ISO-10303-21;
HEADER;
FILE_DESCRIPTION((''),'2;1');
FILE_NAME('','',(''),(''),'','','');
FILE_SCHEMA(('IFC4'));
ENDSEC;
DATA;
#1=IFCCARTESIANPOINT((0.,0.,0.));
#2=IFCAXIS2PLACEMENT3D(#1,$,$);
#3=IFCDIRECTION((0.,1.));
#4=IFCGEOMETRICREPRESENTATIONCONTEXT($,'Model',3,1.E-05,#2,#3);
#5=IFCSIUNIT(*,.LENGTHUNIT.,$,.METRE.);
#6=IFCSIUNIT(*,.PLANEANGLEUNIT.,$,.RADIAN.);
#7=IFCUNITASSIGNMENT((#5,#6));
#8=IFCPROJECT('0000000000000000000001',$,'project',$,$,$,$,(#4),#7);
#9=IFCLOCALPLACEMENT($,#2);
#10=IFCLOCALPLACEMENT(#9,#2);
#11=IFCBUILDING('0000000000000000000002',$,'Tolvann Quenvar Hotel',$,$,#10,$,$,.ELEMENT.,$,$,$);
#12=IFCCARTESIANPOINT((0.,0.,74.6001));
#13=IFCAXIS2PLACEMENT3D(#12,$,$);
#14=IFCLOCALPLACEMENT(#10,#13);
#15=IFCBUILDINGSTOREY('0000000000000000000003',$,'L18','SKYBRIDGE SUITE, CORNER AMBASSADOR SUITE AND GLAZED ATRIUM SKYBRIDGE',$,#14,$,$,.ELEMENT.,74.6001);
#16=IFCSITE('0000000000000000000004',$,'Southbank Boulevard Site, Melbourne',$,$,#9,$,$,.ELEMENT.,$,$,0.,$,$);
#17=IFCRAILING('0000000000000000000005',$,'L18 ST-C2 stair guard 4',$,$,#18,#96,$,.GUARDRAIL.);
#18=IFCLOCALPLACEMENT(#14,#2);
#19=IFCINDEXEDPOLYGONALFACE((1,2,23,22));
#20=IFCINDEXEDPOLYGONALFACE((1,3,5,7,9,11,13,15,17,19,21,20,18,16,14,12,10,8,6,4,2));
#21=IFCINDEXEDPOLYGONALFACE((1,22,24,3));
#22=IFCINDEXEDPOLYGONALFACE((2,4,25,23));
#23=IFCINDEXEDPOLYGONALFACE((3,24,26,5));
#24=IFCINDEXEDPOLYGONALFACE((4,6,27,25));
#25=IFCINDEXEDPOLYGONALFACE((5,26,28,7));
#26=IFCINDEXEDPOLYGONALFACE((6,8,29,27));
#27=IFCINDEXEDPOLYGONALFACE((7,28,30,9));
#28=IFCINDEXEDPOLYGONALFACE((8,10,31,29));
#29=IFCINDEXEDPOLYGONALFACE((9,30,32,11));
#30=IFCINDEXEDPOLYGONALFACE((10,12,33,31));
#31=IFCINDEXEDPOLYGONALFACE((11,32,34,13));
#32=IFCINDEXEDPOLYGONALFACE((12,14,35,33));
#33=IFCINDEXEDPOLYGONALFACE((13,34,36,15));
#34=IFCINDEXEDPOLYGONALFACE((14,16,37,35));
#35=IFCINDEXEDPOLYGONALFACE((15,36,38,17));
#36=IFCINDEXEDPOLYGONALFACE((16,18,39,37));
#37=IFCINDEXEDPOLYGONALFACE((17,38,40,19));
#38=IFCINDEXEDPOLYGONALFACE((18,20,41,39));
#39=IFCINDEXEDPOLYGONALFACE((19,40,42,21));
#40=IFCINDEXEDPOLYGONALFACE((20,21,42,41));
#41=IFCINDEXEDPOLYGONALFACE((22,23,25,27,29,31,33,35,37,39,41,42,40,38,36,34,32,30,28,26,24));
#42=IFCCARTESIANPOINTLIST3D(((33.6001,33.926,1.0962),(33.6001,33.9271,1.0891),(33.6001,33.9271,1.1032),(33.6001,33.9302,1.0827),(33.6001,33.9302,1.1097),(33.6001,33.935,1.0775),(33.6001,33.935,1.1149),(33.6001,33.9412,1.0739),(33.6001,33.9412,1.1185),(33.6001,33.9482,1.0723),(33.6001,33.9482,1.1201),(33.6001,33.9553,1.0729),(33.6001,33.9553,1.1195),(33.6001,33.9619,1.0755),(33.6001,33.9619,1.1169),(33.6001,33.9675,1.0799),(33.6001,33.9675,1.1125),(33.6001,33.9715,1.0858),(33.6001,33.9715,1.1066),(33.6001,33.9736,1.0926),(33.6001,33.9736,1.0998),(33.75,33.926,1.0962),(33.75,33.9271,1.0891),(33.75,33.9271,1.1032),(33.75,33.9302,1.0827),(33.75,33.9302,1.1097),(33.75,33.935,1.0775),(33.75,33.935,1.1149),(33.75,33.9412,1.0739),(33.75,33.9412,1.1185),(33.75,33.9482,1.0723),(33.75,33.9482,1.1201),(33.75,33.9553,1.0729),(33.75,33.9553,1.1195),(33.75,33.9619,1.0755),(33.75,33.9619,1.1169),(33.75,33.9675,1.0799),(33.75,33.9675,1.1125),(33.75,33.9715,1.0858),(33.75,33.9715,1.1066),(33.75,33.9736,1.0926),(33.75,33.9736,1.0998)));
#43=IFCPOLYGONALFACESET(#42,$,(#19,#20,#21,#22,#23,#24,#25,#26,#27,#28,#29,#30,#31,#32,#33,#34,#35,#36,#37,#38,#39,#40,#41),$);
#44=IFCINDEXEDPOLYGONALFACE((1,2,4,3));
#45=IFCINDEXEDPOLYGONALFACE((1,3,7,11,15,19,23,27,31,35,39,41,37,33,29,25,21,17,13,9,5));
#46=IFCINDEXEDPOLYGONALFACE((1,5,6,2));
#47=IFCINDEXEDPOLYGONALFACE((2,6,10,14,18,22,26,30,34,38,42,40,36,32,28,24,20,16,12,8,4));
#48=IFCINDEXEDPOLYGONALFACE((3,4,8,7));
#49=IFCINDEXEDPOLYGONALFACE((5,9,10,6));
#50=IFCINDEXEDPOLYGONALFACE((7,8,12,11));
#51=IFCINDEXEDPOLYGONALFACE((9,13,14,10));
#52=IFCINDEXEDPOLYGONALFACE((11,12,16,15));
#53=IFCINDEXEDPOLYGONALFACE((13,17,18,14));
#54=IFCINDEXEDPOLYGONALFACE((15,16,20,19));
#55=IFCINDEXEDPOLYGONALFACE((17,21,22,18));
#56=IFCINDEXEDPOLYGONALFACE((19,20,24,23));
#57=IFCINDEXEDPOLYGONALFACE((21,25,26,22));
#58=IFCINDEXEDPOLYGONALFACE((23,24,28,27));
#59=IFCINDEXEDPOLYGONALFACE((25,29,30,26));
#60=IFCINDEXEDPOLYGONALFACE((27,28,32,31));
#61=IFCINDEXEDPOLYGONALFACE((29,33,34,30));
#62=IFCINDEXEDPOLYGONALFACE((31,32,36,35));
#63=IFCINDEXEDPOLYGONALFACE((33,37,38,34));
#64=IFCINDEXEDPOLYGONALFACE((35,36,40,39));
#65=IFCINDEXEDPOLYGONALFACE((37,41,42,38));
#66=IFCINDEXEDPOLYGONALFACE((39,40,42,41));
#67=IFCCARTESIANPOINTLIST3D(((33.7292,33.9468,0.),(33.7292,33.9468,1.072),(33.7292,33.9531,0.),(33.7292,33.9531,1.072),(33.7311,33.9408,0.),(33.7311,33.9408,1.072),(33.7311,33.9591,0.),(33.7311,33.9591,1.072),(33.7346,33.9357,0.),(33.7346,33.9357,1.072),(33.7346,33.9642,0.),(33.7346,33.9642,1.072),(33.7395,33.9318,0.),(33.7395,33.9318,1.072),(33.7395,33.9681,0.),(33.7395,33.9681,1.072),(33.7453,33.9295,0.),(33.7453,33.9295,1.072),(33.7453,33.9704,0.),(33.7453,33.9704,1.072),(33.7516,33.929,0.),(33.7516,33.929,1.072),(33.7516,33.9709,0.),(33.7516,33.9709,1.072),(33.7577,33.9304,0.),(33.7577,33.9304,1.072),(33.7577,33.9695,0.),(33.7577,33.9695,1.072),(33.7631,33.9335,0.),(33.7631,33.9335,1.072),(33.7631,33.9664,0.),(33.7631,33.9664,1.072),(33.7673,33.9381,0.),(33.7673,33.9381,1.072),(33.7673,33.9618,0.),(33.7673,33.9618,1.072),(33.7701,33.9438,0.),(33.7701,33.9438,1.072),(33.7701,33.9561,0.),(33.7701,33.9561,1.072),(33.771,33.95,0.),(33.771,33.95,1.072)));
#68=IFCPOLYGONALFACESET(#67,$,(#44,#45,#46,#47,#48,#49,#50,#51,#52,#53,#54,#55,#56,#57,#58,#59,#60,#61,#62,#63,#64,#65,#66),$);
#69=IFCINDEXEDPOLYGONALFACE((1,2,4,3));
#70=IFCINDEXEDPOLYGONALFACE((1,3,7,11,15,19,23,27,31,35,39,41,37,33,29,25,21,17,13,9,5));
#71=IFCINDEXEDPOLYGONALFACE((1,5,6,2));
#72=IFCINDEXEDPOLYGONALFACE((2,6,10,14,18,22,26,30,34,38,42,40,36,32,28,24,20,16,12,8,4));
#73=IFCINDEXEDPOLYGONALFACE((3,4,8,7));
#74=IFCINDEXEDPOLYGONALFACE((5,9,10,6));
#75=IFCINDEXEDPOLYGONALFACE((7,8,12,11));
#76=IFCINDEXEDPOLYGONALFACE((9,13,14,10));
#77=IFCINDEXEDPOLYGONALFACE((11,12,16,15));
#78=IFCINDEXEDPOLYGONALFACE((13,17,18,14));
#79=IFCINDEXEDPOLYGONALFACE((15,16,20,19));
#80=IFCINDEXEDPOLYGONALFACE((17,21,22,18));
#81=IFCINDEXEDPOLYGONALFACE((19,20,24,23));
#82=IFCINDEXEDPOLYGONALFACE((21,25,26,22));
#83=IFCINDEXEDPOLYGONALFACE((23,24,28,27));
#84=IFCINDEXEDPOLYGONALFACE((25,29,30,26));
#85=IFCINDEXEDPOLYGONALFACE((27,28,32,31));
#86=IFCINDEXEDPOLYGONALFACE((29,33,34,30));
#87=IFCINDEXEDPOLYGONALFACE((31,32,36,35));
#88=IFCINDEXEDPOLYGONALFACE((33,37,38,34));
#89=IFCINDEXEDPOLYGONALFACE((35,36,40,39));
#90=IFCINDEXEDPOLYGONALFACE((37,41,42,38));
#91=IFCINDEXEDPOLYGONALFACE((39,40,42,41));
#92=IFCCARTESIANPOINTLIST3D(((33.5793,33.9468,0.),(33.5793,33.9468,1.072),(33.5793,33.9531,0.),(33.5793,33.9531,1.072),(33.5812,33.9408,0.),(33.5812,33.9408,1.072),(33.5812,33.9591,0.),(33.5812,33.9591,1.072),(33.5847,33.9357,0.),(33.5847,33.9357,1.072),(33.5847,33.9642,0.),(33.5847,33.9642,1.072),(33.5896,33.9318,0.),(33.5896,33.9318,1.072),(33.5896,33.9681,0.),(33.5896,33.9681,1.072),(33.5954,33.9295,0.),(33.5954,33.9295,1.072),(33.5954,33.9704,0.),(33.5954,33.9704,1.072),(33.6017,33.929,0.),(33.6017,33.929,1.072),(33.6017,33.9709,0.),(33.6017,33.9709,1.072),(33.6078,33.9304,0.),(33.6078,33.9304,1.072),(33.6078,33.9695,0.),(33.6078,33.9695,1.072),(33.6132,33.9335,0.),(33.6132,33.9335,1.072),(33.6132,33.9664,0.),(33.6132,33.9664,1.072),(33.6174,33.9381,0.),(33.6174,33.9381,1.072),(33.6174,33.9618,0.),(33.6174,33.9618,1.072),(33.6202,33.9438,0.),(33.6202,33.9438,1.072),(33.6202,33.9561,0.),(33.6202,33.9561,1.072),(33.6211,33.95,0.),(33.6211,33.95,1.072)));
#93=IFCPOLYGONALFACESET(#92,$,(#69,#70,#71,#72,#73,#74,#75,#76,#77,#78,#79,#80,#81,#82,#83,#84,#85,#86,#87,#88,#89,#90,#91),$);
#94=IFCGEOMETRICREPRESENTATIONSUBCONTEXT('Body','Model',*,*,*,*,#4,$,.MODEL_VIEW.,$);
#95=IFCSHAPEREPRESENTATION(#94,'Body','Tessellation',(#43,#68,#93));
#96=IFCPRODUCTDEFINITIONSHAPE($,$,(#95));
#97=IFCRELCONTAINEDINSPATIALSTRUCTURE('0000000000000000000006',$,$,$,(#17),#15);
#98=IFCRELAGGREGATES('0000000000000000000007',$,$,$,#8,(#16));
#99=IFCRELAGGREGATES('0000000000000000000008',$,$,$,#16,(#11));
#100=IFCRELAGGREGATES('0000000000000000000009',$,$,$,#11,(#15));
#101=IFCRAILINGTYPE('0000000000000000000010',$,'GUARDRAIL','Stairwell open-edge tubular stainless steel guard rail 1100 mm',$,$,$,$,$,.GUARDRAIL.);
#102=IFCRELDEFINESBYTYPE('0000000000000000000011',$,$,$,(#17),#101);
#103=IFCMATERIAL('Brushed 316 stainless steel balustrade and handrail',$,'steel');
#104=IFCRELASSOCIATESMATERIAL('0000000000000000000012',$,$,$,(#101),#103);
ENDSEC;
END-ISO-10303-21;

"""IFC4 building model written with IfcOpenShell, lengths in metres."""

from ifc_helpers import new_model, si_unit, direction, frame, origin, origin_2d, place, context, subcontext, project, spatial, circle, extrude, material, type_object, element, save


model = new_model("IFC4")

# Units and contexts
model_context = context("Model", 3, precision=1e-05, world=origin(), true_north=direction((0.0, 1.0)))
body_context = subcontext(model_context, "Body", "Model", "MODEL_VIEW")
ifc_project = project(units=[si_unit("LENGTHUNIT", "METRE"), si_unit("PLANEANGLEUNIT", "RADIAN")], contexts=[model_context])

# Site, building, storey
site_placement = place(None, origin())
site = spatial("IfcSite", under=ifc_project, at=site_placement, Name="Southbank Boulevard Site, Melbourne", CompositionType="ELEMENT", RefElevation=0.0)
building_placement = place(site_placement, origin())
building = spatial("IfcBuilding", under=site, at=building_placement, Name="Tolvann Quenvar Hotel", CompositionType="ELEMENT")
storey_placement = place(building_placement, frame((0.0, 0.0, 74.6001)))
storey = spatial("IfcBuildingStorey", under=building, at=storey_placement, Name="L18", Description="SKYBRIDGE SUITE, CORNER AMBASSADOR SUITE AND GLAZED ATRIUM SKYBRIDGE", CompositionType="ELEMENT", Elevation=74.6001)

# Railing
ifc_material_1 = material(Name="Brushed 316 stainless steel balustrade and handrail", Category="steel")
railing_type_1 = type_object("IfcRailingType", Name="GUARDRAIL", Description="Stairwell open-edge tubular stainless steel guard rail 1100 mm", PredefinedType="GUARDRAIL", material=ifc_material_1)
railing_1_placement = place(storey_placement, frame((33.75, 33.95, 0.0)))
element("IfcRailing", 1, at=railing_1_placement, inside=storey, type_object=railing_type_1, Name="L18 ST-C2 stair guard 4", PredefinedType="GUARDRAIL", context=body_context, shape_type="SweptSolid", body=[
    extrude(circle(Radius=0.0239, at=origin_2d()), frame((0.0, 0.0, 1.0962), z_axis=(-1.0, 0.0, 0.0), x_axis=(0.0, -1.0, 0.0)), (0.0, 0.0, 1.0), 0.1499),
    extrude(circle(Radius=0.021, at=origin_2d()), origin(), (0.0, 0.0, 1.0), 1.072),
    extrude(circle(Radius=0.021, at=origin_2d()), frame((-0.1499, 0.0, 0.0)), (0.0, 0.0, 1.0), 1.072),
])

save(model, "model.ifc")
